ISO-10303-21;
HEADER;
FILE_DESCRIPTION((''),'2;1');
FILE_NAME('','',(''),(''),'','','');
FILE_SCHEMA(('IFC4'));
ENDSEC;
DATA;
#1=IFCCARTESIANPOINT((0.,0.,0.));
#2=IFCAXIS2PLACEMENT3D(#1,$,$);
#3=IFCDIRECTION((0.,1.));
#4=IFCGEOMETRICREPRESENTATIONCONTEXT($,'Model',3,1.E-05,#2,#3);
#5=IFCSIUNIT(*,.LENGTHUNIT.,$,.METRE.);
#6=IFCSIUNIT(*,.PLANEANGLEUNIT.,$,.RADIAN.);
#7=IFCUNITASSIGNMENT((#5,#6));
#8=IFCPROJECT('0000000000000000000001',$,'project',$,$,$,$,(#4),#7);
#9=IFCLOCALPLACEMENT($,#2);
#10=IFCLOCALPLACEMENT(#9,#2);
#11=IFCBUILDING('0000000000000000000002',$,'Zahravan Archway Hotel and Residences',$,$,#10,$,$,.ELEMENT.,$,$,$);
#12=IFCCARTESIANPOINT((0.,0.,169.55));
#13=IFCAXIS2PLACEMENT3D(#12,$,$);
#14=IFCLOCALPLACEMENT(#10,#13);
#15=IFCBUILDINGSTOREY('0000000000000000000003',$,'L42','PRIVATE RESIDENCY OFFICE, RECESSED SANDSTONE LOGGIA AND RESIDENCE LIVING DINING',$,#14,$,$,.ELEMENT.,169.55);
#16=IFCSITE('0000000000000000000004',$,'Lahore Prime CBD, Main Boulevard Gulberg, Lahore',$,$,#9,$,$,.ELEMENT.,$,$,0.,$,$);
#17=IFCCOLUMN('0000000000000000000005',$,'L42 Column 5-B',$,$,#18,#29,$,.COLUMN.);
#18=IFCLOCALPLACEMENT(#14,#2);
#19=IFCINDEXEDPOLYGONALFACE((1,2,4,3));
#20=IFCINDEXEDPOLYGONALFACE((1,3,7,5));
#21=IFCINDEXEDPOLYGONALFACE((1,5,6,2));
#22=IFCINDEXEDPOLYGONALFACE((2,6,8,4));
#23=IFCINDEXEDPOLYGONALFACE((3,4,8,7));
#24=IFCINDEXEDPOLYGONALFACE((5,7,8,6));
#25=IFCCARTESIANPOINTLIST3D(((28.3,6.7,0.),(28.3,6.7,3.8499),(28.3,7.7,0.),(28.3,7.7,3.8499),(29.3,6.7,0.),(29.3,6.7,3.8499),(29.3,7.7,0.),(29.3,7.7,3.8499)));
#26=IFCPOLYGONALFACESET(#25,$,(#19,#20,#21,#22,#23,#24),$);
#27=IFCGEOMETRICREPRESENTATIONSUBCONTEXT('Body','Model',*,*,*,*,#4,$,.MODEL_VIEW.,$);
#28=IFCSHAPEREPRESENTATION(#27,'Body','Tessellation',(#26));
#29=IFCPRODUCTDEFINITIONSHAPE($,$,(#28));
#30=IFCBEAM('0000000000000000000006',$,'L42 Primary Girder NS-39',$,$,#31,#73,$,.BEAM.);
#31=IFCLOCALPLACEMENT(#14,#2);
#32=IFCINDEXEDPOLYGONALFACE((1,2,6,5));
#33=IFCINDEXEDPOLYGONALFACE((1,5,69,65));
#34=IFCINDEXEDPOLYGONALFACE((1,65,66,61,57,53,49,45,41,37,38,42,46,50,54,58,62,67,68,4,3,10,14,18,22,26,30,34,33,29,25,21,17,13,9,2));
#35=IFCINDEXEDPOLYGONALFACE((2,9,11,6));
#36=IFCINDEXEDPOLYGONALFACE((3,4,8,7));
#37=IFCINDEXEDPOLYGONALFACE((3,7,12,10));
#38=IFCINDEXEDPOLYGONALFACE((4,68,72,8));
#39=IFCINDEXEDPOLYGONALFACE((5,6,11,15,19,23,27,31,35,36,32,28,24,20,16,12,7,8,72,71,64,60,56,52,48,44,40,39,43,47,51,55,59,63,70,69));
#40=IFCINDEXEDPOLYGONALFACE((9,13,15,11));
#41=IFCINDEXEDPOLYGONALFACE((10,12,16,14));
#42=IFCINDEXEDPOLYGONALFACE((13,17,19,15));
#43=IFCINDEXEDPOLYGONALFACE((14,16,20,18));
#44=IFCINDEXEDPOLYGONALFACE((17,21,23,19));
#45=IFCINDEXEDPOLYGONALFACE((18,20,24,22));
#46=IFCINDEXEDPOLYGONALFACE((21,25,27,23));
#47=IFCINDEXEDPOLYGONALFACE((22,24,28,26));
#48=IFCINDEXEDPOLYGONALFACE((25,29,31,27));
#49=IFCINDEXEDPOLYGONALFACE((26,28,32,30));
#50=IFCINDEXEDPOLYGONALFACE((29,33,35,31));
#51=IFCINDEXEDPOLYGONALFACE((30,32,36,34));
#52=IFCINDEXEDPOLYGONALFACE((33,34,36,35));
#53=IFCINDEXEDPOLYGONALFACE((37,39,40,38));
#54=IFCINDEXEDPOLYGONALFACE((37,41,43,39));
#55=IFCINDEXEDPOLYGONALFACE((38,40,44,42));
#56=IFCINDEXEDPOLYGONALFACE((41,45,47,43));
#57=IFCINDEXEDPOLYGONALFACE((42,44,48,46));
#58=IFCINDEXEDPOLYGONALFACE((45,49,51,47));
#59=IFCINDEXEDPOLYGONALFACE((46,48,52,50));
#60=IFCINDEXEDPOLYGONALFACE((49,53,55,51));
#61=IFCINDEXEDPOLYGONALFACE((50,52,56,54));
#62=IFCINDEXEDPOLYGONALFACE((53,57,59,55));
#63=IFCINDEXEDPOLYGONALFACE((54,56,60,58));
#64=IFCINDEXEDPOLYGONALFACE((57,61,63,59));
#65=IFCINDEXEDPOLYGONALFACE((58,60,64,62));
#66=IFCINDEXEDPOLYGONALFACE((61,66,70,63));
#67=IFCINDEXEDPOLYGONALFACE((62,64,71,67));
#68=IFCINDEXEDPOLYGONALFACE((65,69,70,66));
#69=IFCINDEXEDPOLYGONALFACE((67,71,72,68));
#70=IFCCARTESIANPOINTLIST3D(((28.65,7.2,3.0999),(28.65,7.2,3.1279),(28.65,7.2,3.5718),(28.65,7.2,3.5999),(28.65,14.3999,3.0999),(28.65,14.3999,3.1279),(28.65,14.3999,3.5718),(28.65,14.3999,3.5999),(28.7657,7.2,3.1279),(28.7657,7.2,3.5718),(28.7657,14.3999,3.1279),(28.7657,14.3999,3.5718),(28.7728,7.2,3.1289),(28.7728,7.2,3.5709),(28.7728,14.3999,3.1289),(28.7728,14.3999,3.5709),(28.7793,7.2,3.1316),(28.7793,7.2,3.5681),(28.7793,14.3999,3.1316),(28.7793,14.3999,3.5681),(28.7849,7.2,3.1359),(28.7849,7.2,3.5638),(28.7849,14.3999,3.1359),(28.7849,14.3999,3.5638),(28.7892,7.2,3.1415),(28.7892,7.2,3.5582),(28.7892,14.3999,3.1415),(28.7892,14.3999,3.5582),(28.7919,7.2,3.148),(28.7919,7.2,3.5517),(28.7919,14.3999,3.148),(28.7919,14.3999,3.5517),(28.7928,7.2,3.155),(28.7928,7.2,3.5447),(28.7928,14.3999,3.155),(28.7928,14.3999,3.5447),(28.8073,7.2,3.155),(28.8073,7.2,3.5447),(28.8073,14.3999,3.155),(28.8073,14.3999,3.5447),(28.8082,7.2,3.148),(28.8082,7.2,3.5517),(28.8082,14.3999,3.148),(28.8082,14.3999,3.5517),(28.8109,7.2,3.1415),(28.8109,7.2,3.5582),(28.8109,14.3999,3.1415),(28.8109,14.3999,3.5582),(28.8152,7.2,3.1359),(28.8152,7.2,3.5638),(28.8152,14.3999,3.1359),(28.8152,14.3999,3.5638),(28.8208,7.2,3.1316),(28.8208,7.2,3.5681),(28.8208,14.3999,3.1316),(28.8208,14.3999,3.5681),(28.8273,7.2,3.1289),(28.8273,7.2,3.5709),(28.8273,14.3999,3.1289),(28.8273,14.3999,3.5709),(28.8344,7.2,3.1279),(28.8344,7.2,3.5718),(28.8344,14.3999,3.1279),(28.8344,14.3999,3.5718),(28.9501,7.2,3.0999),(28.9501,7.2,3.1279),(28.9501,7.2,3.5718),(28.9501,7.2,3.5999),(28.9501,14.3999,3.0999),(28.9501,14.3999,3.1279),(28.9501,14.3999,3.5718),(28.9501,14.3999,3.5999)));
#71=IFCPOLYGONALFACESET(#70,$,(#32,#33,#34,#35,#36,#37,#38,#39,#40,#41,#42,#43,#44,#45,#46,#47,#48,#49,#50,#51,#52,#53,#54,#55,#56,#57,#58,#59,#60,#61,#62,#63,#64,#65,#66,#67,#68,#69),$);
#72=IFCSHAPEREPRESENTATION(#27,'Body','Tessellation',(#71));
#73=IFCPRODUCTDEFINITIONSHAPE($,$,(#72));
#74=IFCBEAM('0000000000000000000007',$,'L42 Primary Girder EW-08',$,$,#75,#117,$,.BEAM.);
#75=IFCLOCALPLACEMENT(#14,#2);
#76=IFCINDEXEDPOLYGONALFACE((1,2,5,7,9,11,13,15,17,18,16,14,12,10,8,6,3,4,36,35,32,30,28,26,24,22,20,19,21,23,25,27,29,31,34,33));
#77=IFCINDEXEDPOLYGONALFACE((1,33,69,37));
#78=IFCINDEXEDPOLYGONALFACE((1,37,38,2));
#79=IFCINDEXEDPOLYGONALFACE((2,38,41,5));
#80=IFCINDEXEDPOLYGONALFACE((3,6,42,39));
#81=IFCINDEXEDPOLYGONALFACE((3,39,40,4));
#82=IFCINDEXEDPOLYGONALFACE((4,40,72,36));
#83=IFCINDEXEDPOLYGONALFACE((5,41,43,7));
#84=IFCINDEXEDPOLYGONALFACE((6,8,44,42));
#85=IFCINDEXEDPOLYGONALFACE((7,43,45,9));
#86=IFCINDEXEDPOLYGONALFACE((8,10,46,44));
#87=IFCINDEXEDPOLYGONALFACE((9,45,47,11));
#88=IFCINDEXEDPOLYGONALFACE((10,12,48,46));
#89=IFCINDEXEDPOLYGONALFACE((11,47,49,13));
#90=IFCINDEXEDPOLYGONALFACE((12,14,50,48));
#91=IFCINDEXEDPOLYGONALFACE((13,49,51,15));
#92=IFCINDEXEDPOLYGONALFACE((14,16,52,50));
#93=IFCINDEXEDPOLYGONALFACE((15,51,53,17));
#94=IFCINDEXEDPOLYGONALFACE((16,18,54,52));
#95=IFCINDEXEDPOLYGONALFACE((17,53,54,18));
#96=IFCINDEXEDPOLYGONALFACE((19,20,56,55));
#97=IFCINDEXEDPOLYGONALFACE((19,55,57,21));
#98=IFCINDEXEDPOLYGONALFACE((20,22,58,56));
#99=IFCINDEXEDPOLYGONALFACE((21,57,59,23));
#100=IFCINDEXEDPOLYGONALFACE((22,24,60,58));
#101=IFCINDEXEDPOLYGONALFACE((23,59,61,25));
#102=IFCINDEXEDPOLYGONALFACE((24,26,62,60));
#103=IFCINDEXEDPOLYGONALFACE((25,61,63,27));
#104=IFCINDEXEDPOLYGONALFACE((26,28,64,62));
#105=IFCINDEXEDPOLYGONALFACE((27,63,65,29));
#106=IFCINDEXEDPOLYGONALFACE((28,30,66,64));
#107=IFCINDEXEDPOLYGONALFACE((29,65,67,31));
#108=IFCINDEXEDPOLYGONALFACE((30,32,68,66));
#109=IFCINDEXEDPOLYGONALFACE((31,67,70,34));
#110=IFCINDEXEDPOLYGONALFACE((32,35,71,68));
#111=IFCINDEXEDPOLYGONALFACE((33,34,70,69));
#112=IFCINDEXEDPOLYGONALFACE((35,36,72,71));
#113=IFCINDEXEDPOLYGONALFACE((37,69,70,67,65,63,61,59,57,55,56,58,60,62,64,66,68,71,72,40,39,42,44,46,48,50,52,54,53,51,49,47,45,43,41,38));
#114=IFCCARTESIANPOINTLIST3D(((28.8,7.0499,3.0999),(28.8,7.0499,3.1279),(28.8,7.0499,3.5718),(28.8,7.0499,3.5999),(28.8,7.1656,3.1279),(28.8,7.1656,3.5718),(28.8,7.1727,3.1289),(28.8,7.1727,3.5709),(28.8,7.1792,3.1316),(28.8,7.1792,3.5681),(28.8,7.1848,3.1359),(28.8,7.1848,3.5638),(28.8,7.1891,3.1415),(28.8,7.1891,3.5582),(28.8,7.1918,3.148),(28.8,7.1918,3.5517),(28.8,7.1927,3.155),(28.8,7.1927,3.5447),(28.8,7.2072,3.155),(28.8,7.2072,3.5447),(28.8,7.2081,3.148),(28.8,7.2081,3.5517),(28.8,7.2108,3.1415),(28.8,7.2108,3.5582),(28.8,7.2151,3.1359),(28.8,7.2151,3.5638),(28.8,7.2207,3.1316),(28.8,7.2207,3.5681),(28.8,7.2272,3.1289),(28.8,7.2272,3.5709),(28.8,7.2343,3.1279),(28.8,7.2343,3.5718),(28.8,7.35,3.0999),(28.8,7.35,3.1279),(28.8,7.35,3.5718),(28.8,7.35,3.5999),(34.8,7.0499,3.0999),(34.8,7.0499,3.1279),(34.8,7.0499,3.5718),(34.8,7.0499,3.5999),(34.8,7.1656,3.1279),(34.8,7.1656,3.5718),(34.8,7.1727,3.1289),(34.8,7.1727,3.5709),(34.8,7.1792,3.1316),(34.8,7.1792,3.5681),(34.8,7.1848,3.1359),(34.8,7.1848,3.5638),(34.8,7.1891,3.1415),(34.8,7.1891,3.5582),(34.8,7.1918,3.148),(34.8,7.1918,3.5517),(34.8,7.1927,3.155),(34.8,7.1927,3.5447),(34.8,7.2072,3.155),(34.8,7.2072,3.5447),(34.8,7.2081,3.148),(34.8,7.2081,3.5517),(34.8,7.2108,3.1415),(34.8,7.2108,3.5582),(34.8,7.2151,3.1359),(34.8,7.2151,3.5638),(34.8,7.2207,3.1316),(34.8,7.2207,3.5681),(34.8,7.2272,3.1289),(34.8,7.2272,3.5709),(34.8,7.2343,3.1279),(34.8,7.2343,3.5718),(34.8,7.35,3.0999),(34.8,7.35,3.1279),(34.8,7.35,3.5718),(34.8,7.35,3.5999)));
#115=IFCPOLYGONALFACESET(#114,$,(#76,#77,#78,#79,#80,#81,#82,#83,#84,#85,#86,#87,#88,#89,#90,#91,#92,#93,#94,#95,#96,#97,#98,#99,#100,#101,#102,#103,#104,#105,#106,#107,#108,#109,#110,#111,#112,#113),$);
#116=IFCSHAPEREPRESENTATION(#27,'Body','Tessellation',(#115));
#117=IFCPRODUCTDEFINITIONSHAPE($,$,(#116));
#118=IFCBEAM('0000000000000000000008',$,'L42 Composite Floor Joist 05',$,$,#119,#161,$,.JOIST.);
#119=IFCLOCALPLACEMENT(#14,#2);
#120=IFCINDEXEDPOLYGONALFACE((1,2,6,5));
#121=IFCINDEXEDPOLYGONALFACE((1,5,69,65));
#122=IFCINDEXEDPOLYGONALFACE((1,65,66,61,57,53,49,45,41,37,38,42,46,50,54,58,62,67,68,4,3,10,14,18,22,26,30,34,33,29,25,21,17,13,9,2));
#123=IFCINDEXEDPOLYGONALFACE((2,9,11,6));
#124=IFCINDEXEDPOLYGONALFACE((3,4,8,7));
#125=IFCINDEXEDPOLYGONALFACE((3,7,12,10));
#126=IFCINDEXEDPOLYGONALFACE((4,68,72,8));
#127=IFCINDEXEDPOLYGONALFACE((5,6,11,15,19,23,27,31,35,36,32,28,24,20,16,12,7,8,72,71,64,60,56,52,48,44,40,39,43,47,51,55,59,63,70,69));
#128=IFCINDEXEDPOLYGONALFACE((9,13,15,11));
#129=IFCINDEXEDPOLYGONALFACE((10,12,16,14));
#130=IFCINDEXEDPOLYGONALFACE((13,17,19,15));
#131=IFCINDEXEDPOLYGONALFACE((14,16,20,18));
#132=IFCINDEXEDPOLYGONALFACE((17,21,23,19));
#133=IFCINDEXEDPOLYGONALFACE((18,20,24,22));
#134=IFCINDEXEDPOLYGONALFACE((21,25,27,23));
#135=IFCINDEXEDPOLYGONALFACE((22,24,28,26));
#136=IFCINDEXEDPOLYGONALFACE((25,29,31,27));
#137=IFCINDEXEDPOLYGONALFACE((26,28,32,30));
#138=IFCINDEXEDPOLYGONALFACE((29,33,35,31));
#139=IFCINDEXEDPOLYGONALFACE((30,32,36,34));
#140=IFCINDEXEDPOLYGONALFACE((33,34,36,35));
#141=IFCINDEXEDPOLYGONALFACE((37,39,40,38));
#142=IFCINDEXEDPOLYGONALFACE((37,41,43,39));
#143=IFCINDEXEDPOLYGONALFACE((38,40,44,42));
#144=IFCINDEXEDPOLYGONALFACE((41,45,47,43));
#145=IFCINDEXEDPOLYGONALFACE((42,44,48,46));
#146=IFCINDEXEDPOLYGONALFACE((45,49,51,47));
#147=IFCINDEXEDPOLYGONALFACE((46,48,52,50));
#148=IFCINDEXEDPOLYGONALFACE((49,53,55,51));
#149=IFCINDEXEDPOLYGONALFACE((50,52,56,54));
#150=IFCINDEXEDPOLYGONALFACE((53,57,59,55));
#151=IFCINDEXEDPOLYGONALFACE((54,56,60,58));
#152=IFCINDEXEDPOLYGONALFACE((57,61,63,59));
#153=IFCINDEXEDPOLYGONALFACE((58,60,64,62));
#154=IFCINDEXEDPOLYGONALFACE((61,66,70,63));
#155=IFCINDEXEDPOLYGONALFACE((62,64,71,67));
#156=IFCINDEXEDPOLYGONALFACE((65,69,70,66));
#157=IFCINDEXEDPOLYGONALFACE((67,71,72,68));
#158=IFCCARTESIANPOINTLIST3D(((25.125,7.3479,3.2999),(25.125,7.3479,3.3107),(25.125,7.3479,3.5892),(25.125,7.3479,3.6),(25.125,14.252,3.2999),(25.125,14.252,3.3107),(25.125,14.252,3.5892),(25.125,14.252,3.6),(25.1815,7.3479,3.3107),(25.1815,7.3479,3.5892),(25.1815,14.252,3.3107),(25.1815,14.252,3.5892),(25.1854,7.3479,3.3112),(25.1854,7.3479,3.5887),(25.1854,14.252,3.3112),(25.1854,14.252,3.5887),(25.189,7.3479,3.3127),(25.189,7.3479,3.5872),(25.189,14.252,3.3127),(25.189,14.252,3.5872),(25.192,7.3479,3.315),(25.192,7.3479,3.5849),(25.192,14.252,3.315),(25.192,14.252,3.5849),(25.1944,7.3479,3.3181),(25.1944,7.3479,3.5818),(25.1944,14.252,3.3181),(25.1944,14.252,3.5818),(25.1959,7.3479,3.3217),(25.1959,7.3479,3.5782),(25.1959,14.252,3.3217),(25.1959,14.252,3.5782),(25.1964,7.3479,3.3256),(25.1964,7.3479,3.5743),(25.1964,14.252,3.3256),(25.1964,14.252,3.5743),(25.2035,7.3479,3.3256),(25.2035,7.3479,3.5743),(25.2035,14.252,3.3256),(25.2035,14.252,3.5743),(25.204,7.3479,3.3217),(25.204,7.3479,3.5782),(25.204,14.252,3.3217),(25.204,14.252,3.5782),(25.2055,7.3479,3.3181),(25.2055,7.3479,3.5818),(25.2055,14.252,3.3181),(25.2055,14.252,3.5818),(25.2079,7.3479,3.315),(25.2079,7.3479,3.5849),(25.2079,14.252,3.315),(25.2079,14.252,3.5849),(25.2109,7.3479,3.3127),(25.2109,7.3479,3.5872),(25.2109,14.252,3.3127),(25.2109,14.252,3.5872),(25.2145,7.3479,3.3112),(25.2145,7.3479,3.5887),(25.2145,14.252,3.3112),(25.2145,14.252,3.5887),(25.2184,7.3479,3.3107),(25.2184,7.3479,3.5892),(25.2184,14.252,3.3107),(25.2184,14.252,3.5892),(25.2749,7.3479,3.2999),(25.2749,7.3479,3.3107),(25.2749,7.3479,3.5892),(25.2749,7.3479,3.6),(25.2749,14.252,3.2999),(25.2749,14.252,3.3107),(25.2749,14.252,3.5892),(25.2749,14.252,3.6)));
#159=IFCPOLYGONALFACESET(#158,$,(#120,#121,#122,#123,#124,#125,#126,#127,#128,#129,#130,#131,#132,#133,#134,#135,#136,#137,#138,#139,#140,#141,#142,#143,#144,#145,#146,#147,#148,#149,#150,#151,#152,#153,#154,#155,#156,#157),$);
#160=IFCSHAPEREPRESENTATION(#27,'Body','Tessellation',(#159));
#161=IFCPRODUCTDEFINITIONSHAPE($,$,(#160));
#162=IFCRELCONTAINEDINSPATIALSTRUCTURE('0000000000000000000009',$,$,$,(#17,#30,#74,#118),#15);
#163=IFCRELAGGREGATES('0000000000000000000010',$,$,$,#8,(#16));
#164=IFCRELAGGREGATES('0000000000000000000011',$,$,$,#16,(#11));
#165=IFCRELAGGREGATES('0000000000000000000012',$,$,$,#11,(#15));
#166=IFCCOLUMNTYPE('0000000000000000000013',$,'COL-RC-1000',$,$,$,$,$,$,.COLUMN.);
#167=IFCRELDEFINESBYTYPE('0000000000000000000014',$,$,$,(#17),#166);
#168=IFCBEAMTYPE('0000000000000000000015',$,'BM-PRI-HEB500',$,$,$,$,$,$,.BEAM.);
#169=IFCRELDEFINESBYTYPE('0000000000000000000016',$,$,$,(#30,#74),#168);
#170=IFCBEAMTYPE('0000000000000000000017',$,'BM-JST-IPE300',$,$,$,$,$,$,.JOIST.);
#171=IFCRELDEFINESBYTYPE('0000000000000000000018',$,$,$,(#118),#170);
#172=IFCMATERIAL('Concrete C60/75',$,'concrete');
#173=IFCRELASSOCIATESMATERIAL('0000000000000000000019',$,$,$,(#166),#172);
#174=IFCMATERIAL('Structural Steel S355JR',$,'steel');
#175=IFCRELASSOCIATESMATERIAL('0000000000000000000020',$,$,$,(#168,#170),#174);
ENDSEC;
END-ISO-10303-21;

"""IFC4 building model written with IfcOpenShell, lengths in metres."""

from ifc_helpers import new_model, si_unit, direction, frame, origin, origin_2d, place, context, subcontext, project, spatial, rectangle, i_section, extrude, source, transform, mapped, material, material_profile, profile_set, type_object, type_shapes, element, save


model = new_model("IFC4")

# Units and contexts
model_context = context("Model", 3, precision=1e-05, world=origin(), true_north=direction((0.0, 1.0)))
body_context = subcontext(model_context, "Body", "Model", "MODEL_VIEW")
ifc_project = project(units=[si_unit("LENGTHUNIT", "METRE"), si_unit("PLANEANGLEUNIT", "RADIAN")], contexts=[model_context])

# Site, building, storey
site_placement = place(None, origin())
site = spatial("IfcSite", under=ifc_project, at=site_placement, Name="Lahore Prime CBD, Main Boulevard Gulberg, Lahore", CompositionType="ELEMENT", RefElevation=0.0)
building_placement = place(site_placement, origin())
building = spatial("IfcBuilding", under=site, at=building_placement, Name="Zahravan Archway Hotel and Residences", CompositionType="ELEMENT")
storey_placement = place(building_placement, frame((0.0, 0.0, 169.55)))
storey = spatial("IfcBuildingStorey", under=building, at=storey_placement, Name="L42", Description="PRIVATE RESIDENCY OFFICE, RECESSED SANDSTONE LOGGIA AND RESIDENCE LIVING DINING", CompositionType="ELEMENT", Elevation=169.55)

# Column
ifc_material_1 = material(Name="Concrete C60/75", Category="concrete")
ifc_material_profile_1 = material_profile(ifc_material_1, rectangle(XDim=1.0, YDim=1.0, at=origin_2d()), Name="RC-COL-1000x1000", Category="concrete")
ifc_profile_set_1 = profile_set([ifc_material_profile_1], Name="Concrete C60/75")
column_type = type_object("IfcColumnType", Name="COL-RC-1000", PredefinedType="COLUMN", material=ifc_profile_set_1)
shared_shape_1 = source(origin(), body_context, "Body", "SweptSolid", [
    extrude(rectangle(XDim=1.0, YDim=1.0, at=origin_2d()), origin(), (0.0, 0.0, 1.0), 3.8499),
])
column_placement = place(storey_placement, frame((28.8, 7.2, 0.0), z_axis=(0.0, 0.0, 1.0), x_axis=(1.0, 0.0, 0.0)))
element("IfcColumn", 1, at=column_placement, inside=storey, type_object=column_type, Name="L42 Column 5-B", PredefinedType="COLUMN", context=body_context, shape_type="MappedRepresentation", body=[
    mapped(shared_shape_1, transform((0.0, 0.0, 0.0), scale=1.0)),
])

# Beams
ifc_material_2 = material(Name="Structural Steel S355JR", Category="steel")
ifc_material_profile_2 = material_profile(ifc_material_2, i_section(OverallWidth=0.3, OverallDepth=0.5, WebThickness=0.0144, FlangeThickness=0.0281, FilletRadius=0.0271, at=origin_2d()), Name="HEB 500", Category="steel")
ifc_profile_set_2 = profile_set([ifc_material_profile_2], Name="Structural Steel S355JR")
beam_type_1 = type_object("IfcBeamType", Name="BM-PRI-HEB500", PredefinedType="BEAM", material=ifc_profile_set_2)
shared_shape_2 = source(origin(), body_context, "Body", "SweptSolid", [
    extrude(i_section(OverallWidth=0.3, OverallDepth=0.5, WebThickness=0.0144, FlangeThickness=0.0281, FilletRadius=0.0271, at=origin_2d()), origin(), (0.0, 0.0, 1.0), 7.2),
])
beam_1_placement = place(storey_placement, frame((28.8, 7.2, 3.3499), z_axis=(0.0, 1.0, 0.0), x_axis=(-1.0, 0.0, 0.0)))
element("IfcBeam", 2, at=beam_1_placement, inside=storey, type_object=beam_type_1, Name="L42 Primary Girder NS-39", PredefinedType="BEAM", context=body_context, shape_type="MappedRepresentation", body=[
    mapped(shared_shape_2, transform((0.0, 0.0, 0.0), scale=1.0)),
])
shared_shape_3 = source(origin(), body_context, "Body", "SweptSolid", [
    extrude(i_section(OverallWidth=0.3, OverallDepth=0.5, WebThickness=0.0144, FlangeThickness=0.0281, FilletRadius=0.0271, at=origin_2d()), origin(), (0.0, 0.0, 1.0), 6.0),
])
beam_2_placement = place(storey_placement, frame((28.8, 7.2, 3.3499), z_axis=(1.0, 0.0, 0.0), x_axis=(0.0, 1.0, 0.0)))
element("IfcBeam", 3, at=beam_2_placement, inside=storey, type_object=beam_type_1, Name="L42 Primary Girder EW-08", PredefinedType="BEAM", context=body_context, shape_type="MappedRepresentation", body=[
    mapped(shared_shape_3, transform((0.0, 0.0, 0.0), scale=1.0)),
])
ifc_material_profile_3 = material_profile(ifc_material_2, i_section(OverallWidth=0.1499, OverallDepth=0.3, WebThickness=0.0071, FlangeThickness=0.0107, FilletRadius=0.0149, at=origin_2d()), Name="IPE 300", Category="steel")
ifc_profile_set_3 = profile_set([ifc_material_profile_3], Name="Structural Steel S355JR")
beam_type_2 = type_object("IfcBeamType", Name="BM-JST-IPE300", PredefinedType="JOIST", material=ifc_profile_set_3)
shared_shape_4 = source(origin(), body_context, "Body", "SweptSolid", [
    extrude(i_section(OverallWidth=0.1499, OverallDepth=0.3, WebThickness=0.0071, FlangeThickness=0.0107, FilletRadius=0.0149, at=origin_2d()), origin(), (0.0, 0.0, 1.0), 6.9041),
])
type_shapes(beam_type_2, [shared_shape_4])
beam_3_placement = place(storey_placement, frame((25.2, 7.3479, 3.45), z_axis=(0.0, 1.0, 0.0), x_axis=(-1.0, 0.0, 0.0)))
element("IfcBeam", 4, at=beam_3_placement, inside=storey, type_object=beam_type_2, Name="L42 Composite Floor Joist 05", PredefinedType="JOIST", context=body_context, shape_type="MappedRepresentation", body=[
    mapped(shared_shape_4, transform((0.0, 0.0, 0.0), scale=1.0)),
])

save(model, "model.ifc")
